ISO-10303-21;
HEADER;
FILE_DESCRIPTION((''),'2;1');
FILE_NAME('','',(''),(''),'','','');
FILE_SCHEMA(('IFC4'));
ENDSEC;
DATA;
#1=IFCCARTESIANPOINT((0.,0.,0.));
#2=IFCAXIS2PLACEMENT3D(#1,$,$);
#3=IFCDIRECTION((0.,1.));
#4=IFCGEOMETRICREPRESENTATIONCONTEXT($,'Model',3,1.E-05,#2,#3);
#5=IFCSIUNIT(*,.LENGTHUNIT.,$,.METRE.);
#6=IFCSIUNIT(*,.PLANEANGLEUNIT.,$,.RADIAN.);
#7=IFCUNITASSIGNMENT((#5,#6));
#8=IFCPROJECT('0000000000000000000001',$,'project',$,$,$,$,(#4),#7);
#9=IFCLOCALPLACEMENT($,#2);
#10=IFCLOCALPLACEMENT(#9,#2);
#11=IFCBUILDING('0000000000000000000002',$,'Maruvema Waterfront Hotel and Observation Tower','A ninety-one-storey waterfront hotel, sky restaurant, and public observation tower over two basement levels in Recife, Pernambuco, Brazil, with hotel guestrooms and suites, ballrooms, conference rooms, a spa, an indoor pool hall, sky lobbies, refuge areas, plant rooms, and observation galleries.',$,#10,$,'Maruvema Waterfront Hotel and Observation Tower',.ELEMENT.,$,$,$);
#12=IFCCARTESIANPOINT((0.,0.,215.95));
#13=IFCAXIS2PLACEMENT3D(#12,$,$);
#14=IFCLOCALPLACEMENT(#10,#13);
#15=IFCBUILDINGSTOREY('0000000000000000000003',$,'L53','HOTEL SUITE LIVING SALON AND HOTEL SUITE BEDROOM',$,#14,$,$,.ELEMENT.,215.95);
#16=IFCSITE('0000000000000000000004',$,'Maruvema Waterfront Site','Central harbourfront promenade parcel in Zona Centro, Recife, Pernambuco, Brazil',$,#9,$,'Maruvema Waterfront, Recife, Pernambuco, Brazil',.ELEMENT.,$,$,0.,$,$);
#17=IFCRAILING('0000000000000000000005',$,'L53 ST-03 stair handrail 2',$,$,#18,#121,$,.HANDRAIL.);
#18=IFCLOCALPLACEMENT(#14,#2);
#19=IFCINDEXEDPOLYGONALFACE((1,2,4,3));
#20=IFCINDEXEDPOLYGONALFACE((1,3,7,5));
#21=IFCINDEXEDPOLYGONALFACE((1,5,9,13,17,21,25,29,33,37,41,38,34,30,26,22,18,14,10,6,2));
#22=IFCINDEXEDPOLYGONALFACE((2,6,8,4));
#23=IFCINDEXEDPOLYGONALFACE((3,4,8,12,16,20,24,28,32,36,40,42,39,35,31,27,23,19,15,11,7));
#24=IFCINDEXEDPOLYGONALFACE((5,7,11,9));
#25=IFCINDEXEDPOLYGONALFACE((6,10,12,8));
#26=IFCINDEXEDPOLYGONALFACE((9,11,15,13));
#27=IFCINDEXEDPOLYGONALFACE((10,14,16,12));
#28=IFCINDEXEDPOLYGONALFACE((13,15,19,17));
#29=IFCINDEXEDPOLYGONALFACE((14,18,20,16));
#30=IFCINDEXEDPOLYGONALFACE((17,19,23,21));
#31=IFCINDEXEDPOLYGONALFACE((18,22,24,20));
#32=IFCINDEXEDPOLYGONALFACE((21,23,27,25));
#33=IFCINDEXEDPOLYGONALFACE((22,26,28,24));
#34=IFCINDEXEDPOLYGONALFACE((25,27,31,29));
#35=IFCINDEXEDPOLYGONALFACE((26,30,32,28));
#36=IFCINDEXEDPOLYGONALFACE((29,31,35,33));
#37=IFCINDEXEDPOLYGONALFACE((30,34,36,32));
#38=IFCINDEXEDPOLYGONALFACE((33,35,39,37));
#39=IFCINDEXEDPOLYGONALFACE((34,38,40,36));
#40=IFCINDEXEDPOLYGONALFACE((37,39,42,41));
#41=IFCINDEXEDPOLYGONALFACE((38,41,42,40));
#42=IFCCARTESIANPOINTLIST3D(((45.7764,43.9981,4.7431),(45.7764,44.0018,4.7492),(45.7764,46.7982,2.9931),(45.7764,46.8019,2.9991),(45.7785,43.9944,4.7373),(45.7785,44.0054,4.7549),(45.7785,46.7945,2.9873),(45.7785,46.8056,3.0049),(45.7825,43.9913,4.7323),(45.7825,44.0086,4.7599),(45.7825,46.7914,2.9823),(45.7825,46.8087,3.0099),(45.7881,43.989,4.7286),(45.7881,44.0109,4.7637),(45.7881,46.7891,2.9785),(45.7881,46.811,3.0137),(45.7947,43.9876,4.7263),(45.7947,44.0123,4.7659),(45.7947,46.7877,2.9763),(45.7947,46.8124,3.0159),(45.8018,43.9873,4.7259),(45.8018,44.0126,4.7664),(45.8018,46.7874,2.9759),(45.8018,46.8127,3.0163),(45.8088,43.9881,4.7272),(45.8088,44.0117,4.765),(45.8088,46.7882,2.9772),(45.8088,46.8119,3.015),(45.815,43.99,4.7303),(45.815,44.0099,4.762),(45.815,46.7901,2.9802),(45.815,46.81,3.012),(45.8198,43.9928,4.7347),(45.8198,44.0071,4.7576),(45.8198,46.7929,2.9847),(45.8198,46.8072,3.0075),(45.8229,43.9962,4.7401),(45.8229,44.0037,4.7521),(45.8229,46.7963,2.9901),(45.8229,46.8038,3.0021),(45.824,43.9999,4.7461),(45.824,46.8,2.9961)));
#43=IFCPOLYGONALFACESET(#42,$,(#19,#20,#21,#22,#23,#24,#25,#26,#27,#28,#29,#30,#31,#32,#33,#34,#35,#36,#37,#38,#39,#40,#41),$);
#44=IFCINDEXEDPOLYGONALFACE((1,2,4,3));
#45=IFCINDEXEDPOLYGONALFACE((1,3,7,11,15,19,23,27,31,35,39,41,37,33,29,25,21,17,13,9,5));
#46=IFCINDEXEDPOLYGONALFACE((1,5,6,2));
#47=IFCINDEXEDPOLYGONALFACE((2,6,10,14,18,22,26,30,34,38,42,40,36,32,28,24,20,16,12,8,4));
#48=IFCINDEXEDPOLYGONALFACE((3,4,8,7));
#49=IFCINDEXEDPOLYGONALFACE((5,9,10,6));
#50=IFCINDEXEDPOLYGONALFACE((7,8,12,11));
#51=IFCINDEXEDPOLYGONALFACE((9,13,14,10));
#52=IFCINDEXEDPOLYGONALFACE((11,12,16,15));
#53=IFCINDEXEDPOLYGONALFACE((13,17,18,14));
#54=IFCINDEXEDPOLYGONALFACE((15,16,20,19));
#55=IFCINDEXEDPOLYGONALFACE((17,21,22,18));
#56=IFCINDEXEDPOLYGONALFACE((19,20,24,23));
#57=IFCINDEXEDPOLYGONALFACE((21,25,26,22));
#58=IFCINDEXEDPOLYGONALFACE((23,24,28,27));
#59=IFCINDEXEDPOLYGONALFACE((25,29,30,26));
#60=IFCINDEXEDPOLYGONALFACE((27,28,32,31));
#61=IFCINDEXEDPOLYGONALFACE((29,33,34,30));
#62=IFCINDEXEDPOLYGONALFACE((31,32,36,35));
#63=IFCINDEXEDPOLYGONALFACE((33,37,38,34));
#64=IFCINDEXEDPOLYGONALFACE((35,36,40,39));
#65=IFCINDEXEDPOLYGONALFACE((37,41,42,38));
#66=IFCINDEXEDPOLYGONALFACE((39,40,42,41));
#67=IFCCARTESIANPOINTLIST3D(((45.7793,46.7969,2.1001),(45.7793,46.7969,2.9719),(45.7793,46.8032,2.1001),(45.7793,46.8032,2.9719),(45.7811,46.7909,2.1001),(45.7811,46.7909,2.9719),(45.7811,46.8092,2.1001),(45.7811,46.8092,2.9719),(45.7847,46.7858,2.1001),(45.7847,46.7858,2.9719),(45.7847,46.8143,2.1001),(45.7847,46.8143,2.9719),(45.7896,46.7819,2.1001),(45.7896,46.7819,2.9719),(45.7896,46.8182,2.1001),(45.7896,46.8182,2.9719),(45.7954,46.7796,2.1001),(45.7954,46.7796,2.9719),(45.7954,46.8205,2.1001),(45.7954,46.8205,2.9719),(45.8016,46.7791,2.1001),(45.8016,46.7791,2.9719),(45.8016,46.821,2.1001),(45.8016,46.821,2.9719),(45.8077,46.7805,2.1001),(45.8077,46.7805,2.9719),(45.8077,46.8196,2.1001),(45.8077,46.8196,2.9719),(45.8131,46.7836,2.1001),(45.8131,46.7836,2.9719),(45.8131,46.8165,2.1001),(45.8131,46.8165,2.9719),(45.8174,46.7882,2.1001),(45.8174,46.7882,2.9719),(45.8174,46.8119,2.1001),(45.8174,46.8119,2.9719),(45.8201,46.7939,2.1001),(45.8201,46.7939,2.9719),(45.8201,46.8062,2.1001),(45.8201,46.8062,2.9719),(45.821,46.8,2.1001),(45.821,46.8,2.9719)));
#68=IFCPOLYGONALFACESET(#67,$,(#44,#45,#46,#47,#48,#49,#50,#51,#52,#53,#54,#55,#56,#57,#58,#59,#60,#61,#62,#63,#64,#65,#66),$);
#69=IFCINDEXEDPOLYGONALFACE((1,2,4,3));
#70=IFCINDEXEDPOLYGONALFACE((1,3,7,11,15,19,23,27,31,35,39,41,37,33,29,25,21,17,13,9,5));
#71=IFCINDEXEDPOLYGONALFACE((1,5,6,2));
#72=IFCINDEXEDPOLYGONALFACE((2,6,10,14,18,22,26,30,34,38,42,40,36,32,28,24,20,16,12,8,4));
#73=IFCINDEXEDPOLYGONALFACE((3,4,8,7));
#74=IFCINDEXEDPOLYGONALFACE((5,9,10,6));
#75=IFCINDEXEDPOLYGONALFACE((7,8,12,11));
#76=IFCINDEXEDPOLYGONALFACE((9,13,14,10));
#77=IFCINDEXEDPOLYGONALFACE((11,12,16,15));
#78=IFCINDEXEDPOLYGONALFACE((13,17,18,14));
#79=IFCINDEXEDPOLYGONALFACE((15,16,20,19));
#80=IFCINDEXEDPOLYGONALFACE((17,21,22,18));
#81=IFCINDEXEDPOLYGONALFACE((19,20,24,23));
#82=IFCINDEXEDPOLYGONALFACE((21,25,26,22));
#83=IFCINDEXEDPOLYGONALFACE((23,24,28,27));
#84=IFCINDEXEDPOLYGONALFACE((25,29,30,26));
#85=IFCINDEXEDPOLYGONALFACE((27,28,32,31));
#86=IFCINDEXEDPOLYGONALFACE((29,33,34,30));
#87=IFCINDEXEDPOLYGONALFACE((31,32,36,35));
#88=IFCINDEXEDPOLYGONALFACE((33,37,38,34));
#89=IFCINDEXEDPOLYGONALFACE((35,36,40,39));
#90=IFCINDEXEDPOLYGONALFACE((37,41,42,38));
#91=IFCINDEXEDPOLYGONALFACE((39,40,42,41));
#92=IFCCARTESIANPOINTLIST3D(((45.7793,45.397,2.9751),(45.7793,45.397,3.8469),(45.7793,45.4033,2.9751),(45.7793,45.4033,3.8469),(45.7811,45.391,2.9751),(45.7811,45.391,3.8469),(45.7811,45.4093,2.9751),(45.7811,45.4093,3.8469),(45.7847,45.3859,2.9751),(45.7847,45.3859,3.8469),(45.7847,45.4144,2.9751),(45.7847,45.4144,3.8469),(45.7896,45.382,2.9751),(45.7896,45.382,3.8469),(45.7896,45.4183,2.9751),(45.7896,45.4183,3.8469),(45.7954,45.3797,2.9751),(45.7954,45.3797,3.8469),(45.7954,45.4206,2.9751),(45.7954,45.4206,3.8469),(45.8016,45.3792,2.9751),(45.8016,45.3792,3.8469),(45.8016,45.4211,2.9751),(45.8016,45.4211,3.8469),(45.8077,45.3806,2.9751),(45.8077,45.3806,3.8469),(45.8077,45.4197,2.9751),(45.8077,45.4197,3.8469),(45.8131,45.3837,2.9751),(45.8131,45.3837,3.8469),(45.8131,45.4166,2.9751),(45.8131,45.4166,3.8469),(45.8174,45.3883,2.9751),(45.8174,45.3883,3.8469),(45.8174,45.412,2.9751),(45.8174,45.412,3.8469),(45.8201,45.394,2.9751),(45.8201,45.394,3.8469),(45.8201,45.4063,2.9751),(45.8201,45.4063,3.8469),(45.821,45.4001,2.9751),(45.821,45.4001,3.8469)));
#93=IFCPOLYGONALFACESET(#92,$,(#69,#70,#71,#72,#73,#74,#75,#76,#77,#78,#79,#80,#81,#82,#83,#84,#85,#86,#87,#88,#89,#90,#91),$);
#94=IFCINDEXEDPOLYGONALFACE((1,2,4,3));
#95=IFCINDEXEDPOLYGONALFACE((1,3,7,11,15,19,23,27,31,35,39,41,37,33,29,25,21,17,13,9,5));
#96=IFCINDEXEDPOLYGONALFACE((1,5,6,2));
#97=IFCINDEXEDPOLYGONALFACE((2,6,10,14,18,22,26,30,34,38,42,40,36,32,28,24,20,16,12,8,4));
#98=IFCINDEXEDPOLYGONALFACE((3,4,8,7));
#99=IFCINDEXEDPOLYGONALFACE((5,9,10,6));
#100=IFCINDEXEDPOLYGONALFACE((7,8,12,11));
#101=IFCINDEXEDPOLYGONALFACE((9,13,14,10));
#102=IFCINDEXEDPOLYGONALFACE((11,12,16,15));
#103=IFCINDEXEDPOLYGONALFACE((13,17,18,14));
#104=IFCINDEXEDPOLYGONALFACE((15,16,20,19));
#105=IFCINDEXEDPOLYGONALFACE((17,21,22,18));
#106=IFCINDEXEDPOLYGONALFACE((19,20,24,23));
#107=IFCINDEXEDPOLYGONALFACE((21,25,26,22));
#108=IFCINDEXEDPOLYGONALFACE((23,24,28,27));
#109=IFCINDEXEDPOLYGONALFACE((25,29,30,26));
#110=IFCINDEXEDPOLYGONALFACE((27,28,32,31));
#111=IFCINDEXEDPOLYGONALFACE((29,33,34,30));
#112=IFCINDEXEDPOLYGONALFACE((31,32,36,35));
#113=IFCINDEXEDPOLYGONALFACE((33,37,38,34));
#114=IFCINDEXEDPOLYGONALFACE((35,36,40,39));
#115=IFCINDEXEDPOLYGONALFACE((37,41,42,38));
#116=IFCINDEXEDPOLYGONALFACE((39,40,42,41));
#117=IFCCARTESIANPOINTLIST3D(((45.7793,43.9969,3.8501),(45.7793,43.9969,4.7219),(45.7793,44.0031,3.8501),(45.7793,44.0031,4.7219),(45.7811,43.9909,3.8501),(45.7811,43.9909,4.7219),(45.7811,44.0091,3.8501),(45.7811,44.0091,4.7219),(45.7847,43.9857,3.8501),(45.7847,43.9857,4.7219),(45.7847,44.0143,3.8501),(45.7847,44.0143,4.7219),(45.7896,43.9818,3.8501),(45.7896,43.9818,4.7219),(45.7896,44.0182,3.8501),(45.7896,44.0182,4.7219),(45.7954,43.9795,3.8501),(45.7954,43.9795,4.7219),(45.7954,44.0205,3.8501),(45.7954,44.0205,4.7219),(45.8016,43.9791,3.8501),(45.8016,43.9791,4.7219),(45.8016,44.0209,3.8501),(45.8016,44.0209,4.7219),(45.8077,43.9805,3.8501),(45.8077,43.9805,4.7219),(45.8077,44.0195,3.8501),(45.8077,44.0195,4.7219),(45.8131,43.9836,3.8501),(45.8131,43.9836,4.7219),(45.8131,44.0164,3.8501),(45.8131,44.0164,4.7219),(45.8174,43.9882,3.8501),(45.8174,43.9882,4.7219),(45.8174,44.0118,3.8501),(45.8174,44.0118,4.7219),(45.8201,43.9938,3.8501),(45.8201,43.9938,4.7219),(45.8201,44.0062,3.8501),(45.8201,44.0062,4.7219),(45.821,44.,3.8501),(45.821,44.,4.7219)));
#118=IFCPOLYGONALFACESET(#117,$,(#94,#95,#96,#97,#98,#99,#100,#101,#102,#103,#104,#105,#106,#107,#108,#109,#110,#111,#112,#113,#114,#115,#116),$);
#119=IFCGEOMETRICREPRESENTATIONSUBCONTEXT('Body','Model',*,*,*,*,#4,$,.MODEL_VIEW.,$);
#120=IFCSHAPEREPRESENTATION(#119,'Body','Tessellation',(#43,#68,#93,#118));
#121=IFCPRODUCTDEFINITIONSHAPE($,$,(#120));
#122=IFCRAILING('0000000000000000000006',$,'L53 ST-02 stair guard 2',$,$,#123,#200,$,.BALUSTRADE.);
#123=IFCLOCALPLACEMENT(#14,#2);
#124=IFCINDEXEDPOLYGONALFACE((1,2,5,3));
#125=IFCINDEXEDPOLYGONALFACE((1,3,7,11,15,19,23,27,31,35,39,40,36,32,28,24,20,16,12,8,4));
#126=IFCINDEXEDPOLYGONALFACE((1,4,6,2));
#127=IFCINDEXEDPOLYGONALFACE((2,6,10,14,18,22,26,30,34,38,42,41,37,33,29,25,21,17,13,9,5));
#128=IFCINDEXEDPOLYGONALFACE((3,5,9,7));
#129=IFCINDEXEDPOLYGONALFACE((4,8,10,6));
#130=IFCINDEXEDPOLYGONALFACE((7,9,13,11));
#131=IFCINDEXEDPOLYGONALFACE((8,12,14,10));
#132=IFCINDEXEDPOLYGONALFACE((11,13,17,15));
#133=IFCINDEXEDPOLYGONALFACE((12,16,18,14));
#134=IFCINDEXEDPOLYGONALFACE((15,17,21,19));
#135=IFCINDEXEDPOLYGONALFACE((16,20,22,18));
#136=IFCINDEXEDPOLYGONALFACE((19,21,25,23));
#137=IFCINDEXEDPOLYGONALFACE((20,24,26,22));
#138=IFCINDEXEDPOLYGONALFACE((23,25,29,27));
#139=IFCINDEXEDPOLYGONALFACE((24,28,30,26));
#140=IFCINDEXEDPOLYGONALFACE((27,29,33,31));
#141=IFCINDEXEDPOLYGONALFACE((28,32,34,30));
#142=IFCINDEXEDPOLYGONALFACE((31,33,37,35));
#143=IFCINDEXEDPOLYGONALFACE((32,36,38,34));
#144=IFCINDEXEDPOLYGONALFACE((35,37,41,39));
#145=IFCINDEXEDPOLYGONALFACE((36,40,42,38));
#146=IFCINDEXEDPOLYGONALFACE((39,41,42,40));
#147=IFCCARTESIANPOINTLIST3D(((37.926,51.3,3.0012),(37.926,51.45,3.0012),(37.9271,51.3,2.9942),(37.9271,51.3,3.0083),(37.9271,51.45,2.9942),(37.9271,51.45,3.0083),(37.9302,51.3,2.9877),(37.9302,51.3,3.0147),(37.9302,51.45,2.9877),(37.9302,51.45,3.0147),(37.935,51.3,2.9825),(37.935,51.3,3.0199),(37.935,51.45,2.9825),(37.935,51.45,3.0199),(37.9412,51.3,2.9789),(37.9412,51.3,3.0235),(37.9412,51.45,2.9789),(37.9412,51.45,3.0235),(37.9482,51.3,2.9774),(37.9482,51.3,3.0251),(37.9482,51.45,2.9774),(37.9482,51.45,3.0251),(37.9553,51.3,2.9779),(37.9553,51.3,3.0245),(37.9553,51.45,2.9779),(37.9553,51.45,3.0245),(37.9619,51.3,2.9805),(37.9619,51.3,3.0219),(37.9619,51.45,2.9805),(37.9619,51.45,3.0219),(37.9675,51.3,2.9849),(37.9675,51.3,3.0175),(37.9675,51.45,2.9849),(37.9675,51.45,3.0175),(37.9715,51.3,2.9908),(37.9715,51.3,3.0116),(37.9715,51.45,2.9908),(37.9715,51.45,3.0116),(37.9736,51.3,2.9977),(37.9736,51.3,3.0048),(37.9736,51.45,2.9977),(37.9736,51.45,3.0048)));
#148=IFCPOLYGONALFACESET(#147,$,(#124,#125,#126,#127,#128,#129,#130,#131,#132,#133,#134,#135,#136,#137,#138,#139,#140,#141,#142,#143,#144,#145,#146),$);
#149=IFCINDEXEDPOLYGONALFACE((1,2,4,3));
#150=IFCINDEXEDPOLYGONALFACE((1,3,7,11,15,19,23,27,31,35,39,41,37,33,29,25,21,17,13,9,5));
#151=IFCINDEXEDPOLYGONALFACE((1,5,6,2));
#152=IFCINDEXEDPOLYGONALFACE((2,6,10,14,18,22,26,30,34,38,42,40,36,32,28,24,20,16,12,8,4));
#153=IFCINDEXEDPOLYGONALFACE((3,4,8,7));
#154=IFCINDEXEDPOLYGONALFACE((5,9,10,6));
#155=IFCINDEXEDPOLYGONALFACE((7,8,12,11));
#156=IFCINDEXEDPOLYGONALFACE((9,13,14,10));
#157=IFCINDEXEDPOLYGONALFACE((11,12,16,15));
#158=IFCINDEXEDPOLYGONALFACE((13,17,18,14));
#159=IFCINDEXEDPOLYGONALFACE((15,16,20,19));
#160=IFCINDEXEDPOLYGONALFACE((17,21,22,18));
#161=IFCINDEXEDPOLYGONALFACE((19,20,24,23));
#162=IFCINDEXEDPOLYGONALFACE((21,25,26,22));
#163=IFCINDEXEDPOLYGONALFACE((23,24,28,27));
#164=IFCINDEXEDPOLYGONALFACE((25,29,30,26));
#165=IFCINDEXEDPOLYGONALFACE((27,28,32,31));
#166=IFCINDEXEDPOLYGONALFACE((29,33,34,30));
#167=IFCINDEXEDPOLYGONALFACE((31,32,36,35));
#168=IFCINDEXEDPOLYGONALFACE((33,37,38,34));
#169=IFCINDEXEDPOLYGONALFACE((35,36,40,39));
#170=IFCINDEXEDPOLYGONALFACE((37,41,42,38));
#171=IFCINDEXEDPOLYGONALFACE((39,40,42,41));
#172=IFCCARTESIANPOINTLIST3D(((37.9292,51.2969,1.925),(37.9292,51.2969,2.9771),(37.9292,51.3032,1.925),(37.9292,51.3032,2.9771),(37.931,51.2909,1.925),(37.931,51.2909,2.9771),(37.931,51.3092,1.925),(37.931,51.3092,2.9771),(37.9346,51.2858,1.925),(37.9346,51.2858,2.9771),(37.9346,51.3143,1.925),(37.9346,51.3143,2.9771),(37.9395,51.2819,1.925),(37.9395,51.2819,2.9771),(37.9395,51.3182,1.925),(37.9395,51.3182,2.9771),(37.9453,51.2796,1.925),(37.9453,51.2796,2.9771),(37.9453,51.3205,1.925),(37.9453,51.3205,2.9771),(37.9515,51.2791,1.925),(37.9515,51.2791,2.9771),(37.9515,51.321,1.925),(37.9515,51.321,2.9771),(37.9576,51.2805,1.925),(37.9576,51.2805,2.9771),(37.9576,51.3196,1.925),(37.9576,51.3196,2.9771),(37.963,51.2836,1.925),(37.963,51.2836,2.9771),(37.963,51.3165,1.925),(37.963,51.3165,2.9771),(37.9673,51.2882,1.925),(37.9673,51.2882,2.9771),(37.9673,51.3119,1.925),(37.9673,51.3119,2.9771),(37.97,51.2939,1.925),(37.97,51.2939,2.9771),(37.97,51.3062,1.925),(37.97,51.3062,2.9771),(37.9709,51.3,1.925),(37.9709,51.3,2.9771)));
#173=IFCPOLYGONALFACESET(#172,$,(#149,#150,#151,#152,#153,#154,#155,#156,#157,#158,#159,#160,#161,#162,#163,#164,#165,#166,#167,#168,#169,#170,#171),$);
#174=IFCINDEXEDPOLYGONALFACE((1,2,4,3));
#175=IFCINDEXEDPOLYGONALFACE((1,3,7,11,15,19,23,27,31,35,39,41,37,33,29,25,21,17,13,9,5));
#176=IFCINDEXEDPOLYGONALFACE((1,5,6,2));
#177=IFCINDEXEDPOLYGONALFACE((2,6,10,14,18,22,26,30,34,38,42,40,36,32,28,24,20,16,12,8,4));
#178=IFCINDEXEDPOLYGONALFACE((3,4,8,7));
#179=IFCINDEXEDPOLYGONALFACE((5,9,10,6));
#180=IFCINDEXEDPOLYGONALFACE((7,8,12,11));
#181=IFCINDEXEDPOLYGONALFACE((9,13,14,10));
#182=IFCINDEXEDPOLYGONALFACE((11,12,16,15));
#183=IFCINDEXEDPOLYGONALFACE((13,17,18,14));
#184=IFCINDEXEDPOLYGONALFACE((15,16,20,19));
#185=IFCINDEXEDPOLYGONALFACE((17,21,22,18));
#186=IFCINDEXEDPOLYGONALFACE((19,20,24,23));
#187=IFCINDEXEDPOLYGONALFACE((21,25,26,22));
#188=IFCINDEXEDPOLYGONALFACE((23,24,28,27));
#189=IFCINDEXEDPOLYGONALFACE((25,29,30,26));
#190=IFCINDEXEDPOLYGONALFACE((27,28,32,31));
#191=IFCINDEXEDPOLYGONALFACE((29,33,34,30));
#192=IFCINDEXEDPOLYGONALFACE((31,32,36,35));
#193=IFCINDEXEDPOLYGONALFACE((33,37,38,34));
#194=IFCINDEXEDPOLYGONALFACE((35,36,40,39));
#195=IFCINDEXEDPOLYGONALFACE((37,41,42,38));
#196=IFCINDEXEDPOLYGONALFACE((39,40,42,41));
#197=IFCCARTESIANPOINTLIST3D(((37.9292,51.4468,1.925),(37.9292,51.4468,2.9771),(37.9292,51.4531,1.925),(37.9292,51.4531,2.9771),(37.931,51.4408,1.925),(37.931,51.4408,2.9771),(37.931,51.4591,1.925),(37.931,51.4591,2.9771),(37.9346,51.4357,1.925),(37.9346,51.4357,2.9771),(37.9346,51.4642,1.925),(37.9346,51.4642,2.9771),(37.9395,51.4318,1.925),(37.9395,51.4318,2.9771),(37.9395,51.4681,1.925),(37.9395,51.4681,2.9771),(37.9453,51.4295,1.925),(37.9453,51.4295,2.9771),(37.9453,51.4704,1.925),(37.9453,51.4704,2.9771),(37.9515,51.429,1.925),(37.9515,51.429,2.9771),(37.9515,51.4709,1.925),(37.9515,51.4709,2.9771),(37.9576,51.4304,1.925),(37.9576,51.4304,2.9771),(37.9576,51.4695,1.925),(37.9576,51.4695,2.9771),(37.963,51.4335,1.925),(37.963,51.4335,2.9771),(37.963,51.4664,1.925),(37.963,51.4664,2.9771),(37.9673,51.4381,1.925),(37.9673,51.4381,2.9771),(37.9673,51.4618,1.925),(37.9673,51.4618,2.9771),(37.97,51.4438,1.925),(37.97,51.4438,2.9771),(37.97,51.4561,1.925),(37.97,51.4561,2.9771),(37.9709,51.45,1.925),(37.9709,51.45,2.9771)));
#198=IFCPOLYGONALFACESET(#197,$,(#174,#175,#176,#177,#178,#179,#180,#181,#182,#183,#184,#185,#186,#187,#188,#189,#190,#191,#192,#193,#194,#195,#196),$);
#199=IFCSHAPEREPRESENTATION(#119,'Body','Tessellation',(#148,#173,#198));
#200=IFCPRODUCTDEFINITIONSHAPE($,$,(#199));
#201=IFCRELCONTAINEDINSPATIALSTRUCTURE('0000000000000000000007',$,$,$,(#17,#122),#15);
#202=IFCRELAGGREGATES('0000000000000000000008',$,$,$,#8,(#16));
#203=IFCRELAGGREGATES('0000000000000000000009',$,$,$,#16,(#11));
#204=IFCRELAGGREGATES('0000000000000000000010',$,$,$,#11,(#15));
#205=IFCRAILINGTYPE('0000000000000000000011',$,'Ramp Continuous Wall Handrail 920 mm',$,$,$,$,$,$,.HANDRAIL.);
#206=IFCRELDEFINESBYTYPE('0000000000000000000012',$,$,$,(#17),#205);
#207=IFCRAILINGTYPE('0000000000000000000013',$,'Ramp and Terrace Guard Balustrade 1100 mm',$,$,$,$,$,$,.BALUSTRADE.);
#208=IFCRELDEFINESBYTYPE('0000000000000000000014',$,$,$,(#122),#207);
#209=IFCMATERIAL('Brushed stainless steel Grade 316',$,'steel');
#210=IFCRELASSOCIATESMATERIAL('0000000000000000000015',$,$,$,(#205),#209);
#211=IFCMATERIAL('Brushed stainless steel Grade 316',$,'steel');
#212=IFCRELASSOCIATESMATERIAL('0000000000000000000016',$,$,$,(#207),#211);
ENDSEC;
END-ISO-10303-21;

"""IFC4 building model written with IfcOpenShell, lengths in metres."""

from ifc_helpers import new_model, si_unit, direction, frame, origin, origin_2d, place, context, subcontext, project, spatial, circle, extrude, material, type_object, element, save


model = new_model("IFC4")

# Units and contexts
model_context = context("Model", 3, precision=1e-05, world=origin(), true_north=direction((0.0, 1.0)))
body_context = subcontext(model_context, "Body", "Model", "MODEL_VIEW")
ifc_project = project(units=[si_unit("LENGTHUNIT", "METRE"), si_unit("PLANEANGLEUNIT", "RADIAN")], contexts=[model_context])

# Site, building, storey
site_placement = place(None, origin())
site = spatial("IfcSite", under=ifc_project, at=site_placement, Name="Maruvema Waterfront Site", Description="Central harbourfront promenade parcel in Zona Centro, Recife, Pernambuco, Brazil", LongName="Maruvema Waterfront, Recife, Pernambuco, Brazil", CompositionType="ELEMENT", RefElevation=0.0)
building_placement = place(site_placement, origin())
building = spatial("IfcBuilding", under=site, at=building_placement, Name="Maruvema Waterfront Hotel and Observation Tower", Description="A ninety-one-storey waterfront hotel, sky restaurant, and public observation tower over two basement levels in Recife, Pernambuco, Brazil, with hotel guestrooms and suites, ballrooms, conference rooms, a spa, an indoor pool hall, sky lobbies, refuge areas, plant rooms, and observation galleries.", LongName="Maruvema Waterfront Hotel and Observation Tower", CompositionType="ELEMENT")
storey_placement = place(building_placement, frame((0.0, 0.0, 215.95)))
storey = spatial("IfcBuildingStorey", under=building, at=storey_placement, Name="L53", Description="HOTEL SUITE LIVING SALON AND HOTEL SUITE BEDROOM", CompositionType="ELEMENT", Elevation=215.95)

# Railings
ifc_material_1 = material(Name="Brushed stainless steel Grade 316", Category="steel")
railing_type_1 = type_object("IfcRailingType", Name="Ramp Continuous Wall Handrail 920 mm", PredefinedType="HANDRAIL", material=ifc_material_1)
railing_1_placement = place(storey_placement, frame((45.8, 46.8, 2.1001)))
element("IfcRailing", 1, at=railing_1_placement, inside=storey, type_object=railing_type_1, Name="L53 ST-03 stair handrail 2", PredefinedType="HANDRAIL", context=body_context, shape_type="SweptSolid", body=[
    extrude(circle(Radius=0.0239, at=origin_2d()), frame((0.0, 0.0, 0.896), z_axis=(0.0, -0.848002, 0.529992), x_axis=(1.0, 0.0, 0.0)), (0.0, 0.0, 1.0), 3.302),
    extrude(circle(Radius=0.021, at=origin_2d()), origin(), (0.0, 0.0, 1.0), 0.8718),
    extrude(circle(Radius=0.021, at=origin_2d()), frame((0.0, -1.3999, 0.875)), (0.0, 0.0, 1.0), 0.8718),
    extrude(circle(Radius=0.021, at=origin_2d()), frame((0.0, -2.8, 1.75)), (0.0, 0.0, 1.0), 0.8718),
])
ifc_material_2 = material(Name="Brushed stainless steel Grade 316", Category="steel")
railing_type_2 = type_object("IfcRailingType", Name="Ramp and Terrace Guard Balustrade 1100 mm", PredefinedType="BALUSTRADE", material=ifc_material_2)
railing_2_placement = place(storey_placement, frame((37.95, 51.3, 1.925)))
element("IfcRailing", 2, at=railing_2_placement, inside=storey, type_object=railing_type_2, Name="L53 ST-02 stair guard 2", PredefinedType="BALUSTRADE", context=body_context, shape_type="SweptSolid", body=[
    extrude(circle(Radius=0.0239, at=origin_2d()), frame((0.0, 0.0, 1.0762), z_axis=(0.0, 1.0, 0.0), x_axis=(-1.0, 0.0, 0.0)), (0.0, 0.0, 1.0), 0.1499),
    extrude(circle(Radius=0.021, at=origin_2d()), origin(), (0.0, 0.0, 1.0), 1.052),
    extrude(circle(Radius=0.021, at=origin_2d()), frame((0.0, 0.1499, 0.0)), (0.0, 0.0, 1.0), 1.052),
])

save(model, "model.ifc")
